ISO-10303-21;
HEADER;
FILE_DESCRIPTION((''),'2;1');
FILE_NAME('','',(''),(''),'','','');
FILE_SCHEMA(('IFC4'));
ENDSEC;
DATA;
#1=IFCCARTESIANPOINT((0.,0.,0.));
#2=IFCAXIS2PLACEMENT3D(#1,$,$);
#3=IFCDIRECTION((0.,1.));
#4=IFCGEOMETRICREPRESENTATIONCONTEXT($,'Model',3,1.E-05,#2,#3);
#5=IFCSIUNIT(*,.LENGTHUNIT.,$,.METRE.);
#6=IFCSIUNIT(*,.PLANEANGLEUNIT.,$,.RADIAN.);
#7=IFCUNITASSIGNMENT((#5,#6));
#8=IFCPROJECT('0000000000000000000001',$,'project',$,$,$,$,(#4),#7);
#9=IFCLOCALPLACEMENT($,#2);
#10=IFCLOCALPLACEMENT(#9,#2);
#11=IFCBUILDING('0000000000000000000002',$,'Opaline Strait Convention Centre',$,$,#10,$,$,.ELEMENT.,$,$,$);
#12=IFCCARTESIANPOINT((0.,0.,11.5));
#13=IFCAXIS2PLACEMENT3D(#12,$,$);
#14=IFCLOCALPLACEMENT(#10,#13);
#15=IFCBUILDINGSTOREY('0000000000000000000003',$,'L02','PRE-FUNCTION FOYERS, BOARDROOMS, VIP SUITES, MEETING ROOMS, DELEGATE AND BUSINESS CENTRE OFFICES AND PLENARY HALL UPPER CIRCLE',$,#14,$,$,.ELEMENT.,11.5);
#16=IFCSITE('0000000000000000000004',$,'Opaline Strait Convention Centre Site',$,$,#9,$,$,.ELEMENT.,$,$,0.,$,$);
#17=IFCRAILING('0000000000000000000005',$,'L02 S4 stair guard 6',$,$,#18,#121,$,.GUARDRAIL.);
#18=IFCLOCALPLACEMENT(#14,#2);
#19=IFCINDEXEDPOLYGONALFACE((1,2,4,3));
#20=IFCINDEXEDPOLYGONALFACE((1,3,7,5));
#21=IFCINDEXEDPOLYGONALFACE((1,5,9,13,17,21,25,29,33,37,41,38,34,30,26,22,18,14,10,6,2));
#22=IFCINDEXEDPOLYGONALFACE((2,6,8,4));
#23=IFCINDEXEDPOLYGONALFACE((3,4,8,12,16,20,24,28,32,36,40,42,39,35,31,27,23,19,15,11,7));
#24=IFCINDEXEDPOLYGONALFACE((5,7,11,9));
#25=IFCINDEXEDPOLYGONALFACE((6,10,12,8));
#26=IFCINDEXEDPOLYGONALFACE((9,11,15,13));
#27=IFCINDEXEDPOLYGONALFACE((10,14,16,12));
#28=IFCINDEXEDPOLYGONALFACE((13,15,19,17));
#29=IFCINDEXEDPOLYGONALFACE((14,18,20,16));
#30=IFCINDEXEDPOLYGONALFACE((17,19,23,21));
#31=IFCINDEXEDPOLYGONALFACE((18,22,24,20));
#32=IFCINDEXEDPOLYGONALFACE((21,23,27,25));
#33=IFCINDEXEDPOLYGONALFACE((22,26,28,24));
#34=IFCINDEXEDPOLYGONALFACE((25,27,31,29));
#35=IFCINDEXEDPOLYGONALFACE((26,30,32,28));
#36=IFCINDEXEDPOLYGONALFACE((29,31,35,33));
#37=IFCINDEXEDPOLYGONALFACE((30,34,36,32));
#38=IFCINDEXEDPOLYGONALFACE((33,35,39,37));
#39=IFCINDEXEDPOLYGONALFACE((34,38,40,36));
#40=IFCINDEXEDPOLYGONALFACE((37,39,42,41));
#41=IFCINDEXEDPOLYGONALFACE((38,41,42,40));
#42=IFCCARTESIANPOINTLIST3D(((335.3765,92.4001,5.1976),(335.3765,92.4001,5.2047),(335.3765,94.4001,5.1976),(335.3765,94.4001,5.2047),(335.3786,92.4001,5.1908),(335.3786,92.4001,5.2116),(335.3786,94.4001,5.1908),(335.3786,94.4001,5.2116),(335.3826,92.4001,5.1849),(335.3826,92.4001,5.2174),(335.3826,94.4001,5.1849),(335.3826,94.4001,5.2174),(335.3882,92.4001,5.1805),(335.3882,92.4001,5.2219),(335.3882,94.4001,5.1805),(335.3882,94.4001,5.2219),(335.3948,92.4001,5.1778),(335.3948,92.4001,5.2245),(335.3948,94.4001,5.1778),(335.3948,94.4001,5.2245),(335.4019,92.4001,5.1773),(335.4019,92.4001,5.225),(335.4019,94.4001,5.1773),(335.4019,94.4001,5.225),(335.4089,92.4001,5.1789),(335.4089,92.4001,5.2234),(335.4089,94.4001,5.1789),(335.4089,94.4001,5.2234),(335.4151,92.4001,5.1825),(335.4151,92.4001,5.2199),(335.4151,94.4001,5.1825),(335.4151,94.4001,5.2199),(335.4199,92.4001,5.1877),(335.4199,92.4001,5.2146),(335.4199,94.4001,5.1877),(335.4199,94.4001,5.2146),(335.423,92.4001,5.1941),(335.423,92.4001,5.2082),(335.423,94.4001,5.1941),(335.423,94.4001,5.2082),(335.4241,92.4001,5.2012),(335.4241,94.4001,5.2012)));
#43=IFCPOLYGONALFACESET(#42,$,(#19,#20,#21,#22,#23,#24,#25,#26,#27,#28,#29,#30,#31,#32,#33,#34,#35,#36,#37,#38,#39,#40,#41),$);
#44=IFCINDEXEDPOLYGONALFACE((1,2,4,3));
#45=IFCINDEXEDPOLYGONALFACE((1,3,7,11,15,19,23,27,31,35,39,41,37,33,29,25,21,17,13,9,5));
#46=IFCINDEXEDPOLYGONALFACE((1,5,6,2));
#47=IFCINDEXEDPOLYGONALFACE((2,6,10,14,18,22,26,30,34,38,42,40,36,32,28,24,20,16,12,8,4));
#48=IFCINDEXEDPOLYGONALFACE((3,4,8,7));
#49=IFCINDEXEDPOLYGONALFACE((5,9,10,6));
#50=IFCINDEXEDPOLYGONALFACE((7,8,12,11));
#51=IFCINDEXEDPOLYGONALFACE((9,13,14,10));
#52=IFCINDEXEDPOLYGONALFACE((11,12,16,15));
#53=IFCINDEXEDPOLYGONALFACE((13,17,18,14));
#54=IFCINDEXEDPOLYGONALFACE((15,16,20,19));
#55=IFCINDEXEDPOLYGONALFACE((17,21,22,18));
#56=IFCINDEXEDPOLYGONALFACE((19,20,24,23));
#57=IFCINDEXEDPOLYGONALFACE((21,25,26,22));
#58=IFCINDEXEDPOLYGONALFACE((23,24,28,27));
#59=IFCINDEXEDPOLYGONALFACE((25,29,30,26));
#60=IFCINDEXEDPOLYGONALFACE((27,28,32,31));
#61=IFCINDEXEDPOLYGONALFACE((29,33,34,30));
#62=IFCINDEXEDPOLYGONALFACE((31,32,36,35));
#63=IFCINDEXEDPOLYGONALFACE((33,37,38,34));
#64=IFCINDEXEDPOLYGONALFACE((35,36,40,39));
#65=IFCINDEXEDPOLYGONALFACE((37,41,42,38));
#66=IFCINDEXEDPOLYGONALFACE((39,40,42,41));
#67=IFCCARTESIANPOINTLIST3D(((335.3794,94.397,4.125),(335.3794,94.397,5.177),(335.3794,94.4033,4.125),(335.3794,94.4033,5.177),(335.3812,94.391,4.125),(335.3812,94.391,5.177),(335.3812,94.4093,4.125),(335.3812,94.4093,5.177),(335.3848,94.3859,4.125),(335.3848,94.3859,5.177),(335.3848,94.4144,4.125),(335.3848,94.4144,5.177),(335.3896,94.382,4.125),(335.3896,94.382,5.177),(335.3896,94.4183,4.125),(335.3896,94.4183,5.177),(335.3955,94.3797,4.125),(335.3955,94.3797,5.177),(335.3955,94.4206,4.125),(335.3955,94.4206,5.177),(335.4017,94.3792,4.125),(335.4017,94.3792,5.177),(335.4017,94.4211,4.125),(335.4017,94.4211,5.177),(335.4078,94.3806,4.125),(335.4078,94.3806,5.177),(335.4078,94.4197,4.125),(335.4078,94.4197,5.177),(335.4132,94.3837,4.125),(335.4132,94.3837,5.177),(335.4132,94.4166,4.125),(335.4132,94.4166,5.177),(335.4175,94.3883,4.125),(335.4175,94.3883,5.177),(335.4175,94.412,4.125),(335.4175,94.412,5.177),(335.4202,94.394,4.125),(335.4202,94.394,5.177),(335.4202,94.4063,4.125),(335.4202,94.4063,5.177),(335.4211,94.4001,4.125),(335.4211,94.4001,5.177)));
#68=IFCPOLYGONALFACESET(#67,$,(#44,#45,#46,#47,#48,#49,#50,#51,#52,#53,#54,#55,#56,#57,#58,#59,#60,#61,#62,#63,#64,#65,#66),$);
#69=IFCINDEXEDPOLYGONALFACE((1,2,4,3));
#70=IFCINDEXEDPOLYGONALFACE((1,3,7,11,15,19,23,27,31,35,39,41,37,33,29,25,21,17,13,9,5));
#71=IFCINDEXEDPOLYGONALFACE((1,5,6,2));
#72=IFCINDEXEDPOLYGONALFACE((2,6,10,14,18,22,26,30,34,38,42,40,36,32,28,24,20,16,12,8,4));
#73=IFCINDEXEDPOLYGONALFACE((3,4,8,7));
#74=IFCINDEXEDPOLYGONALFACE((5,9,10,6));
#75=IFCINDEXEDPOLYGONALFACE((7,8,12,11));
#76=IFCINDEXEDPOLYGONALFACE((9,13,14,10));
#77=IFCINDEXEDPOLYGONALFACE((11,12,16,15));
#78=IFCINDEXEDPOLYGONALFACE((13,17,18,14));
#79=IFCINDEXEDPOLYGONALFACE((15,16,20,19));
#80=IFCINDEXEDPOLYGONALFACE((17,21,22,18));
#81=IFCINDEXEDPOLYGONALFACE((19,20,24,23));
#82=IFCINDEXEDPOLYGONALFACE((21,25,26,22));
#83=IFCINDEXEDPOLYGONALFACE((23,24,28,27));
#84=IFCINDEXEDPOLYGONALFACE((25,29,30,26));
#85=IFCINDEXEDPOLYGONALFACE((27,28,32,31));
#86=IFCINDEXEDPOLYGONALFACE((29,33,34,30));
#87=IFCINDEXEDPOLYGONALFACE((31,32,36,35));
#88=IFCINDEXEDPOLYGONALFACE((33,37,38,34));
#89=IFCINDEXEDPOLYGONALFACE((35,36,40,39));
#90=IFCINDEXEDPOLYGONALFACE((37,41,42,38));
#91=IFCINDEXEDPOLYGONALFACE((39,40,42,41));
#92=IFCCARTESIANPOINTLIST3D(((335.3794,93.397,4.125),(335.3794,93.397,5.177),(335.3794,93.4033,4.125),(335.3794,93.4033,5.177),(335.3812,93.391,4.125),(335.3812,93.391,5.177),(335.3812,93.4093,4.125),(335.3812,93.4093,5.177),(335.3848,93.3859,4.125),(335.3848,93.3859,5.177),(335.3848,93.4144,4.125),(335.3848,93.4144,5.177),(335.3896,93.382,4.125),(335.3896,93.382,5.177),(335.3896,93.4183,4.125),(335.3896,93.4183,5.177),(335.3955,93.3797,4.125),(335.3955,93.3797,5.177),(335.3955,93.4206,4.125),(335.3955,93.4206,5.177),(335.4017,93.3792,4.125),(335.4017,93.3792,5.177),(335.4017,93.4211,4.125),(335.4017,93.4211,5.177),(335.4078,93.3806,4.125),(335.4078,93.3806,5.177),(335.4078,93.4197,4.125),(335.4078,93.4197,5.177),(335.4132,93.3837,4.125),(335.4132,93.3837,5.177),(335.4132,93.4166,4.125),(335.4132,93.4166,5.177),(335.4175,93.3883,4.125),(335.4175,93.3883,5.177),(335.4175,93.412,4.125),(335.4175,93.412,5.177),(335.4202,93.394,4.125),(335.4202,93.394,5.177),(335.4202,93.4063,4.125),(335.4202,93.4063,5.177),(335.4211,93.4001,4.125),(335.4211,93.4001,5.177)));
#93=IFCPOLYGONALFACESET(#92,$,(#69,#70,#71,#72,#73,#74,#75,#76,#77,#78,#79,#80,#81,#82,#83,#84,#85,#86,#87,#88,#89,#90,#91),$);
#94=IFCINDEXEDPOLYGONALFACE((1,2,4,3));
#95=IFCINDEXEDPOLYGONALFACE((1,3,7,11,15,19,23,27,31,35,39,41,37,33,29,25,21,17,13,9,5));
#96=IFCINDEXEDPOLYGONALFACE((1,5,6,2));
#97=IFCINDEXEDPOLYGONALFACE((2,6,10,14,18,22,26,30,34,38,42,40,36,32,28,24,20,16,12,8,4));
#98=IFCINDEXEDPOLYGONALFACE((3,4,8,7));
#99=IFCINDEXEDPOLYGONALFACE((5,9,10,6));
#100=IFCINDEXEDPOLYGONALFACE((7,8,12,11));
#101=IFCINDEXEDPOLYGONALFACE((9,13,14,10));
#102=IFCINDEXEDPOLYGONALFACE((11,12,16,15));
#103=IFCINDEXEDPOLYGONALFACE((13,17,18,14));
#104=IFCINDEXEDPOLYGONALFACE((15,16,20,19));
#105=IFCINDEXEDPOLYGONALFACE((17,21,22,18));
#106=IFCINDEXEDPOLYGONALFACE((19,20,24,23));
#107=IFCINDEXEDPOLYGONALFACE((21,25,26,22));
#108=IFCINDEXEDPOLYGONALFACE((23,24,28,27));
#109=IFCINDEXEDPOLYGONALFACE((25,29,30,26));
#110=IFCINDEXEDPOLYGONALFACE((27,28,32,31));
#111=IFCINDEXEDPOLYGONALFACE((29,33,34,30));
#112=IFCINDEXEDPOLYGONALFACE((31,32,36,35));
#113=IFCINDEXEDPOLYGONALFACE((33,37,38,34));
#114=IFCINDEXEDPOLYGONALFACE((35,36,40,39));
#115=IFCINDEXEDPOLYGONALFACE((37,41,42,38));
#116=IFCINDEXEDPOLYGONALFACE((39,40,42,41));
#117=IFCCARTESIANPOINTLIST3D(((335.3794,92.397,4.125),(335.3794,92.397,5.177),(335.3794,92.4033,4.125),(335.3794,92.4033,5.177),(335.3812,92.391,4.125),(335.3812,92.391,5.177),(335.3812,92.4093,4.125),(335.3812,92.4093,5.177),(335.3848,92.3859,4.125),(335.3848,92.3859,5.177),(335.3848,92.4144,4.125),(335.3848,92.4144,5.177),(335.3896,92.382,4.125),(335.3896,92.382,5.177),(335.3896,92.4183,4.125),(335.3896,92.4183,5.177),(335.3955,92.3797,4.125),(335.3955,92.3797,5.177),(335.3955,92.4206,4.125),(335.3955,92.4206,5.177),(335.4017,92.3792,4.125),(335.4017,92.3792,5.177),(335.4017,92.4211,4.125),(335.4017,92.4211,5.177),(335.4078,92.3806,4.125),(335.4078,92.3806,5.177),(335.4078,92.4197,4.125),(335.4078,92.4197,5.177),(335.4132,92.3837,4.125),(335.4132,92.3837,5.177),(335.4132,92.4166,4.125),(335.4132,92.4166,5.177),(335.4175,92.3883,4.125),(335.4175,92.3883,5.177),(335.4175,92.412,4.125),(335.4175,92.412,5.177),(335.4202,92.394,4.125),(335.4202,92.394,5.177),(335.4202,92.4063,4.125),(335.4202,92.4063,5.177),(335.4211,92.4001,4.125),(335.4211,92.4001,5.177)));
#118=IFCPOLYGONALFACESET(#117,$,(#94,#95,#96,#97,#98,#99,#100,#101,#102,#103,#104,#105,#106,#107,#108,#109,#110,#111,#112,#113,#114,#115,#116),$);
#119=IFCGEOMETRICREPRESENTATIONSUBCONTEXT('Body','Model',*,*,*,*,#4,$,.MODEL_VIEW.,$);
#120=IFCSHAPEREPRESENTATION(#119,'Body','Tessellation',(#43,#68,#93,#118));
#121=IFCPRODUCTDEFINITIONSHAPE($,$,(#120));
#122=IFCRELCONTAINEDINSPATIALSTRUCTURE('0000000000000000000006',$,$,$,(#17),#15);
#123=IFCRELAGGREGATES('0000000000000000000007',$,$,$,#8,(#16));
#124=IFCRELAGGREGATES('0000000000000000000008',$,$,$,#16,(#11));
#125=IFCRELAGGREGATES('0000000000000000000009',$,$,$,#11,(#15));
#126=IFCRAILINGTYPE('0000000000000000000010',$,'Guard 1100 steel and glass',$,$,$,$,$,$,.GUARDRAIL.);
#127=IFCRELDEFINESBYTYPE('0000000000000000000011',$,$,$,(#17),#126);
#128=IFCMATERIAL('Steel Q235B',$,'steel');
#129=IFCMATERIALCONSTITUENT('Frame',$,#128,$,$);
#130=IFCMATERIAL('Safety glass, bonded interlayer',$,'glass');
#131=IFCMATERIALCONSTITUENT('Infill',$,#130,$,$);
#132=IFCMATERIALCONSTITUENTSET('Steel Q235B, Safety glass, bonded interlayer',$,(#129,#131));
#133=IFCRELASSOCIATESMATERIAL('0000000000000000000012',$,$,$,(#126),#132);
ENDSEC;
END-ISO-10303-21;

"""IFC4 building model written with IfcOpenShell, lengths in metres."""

from ifc_helpers import new_model, si_unit, direction, frame, origin, origin_2d, place, context, subcontext, project, spatial, circle, extrude, material, constituent, constituent_set, type_object, element, save


model = new_model("IFC4")

# Units and contexts
model_context = context("Model", 3, precision=1e-05, world=origin(), true_north=direction((0.0, 1.0)))
body_context = subcontext(model_context, "Body", "Model", "MODEL_VIEW")
ifc_project = project(units=[si_unit("LENGTHUNIT", "METRE"), si_unit("PLANEANGLEUNIT", "RADIAN")], contexts=[model_context])

# Site, building, storey
site_placement = place(None, origin())
site = spatial("IfcSite", under=ifc_project, at=site_placement, Name="Opaline Strait Convention Centre Site", CompositionType="ELEMENT", RefElevation=0.0)
building_placement = place(site_placement, origin())
building = spatial("IfcBuilding", under=site, at=building_placement, Name="Opaline Strait Convention Centre", CompositionType="ELEMENT")
storey_placement = place(building_placement, frame((0.0, 0.0, 11.5)))
storey = spatial("IfcBuildingStorey", under=building, at=storey_placement, Name="L02", Description="PRE-FUNCTION FOYERS, BOARDROOMS, VIP SUITES, MEETING ROOMS, DELEGATE AND BUSINESS CENTRE OFFICES AND PLENARY HALL UPPER CIRCLE", CompositionType="ELEMENT", Elevation=11.5)

# Shared definitions
ifc_material_1 = material(Name="Steel Q235B", Category="steel")

# Railing
ifc_constituent_1 = constituent(ifc_material_1, Name="Frame")
ifc_material_2 = material(Name="Safety glass, bonded interlayer", Category="glass")
ifc_constituent_2 = constituent(ifc_material_2, Name="Infill")
ifc_constituent_set = constituent_set(constituents=[ifc_constituent_1, ifc_constituent_2], Name="Steel Q235B, Safety glass, bonded interlayer")
railing_type_1 = type_object("IfcRailingType", Name="Guard 1100 steel and glass", PredefinedType="GUARDRAIL", material=ifc_constituent_set)
railing_1_placement = place(storey_placement, frame((335.4001, 94.4001, 4.125)))
element("IfcRailing", 1, at=railing_1_placement, inside=storey, type_object=railing_type_1, Name="L02 S4 stair guard 6", PredefinedType="GUARDRAIL", context=body_context, shape_type="SweptSolid", body=[
    extrude(circle(Radius=0.0239, at=origin_2d()), frame((0.0, 0.0, 1.0762), z_axis=(0.0, -1.0, 0.0), x_axis=(1.0, 0.0, 0.0)), (0.0, 0.0, 1.0), 2.0),
    extrude(circle(Radius=0.021, at=origin_2d()), origin(), (0.0, 0.0, 1.0), 1.052),
    extrude(circle(Radius=0.021, at=origin_2d()), frame((0.0, -1.0, 0.0)), (0.0, 0.0, 1.0), 1.052),
    extrude(circle(Radius=0.021, at=origin_2d()), frame((0.0, -2.0, 0.0)), (0.0, 0.0, 1.0), 1.052),
])

save(model, "model.ifc")
